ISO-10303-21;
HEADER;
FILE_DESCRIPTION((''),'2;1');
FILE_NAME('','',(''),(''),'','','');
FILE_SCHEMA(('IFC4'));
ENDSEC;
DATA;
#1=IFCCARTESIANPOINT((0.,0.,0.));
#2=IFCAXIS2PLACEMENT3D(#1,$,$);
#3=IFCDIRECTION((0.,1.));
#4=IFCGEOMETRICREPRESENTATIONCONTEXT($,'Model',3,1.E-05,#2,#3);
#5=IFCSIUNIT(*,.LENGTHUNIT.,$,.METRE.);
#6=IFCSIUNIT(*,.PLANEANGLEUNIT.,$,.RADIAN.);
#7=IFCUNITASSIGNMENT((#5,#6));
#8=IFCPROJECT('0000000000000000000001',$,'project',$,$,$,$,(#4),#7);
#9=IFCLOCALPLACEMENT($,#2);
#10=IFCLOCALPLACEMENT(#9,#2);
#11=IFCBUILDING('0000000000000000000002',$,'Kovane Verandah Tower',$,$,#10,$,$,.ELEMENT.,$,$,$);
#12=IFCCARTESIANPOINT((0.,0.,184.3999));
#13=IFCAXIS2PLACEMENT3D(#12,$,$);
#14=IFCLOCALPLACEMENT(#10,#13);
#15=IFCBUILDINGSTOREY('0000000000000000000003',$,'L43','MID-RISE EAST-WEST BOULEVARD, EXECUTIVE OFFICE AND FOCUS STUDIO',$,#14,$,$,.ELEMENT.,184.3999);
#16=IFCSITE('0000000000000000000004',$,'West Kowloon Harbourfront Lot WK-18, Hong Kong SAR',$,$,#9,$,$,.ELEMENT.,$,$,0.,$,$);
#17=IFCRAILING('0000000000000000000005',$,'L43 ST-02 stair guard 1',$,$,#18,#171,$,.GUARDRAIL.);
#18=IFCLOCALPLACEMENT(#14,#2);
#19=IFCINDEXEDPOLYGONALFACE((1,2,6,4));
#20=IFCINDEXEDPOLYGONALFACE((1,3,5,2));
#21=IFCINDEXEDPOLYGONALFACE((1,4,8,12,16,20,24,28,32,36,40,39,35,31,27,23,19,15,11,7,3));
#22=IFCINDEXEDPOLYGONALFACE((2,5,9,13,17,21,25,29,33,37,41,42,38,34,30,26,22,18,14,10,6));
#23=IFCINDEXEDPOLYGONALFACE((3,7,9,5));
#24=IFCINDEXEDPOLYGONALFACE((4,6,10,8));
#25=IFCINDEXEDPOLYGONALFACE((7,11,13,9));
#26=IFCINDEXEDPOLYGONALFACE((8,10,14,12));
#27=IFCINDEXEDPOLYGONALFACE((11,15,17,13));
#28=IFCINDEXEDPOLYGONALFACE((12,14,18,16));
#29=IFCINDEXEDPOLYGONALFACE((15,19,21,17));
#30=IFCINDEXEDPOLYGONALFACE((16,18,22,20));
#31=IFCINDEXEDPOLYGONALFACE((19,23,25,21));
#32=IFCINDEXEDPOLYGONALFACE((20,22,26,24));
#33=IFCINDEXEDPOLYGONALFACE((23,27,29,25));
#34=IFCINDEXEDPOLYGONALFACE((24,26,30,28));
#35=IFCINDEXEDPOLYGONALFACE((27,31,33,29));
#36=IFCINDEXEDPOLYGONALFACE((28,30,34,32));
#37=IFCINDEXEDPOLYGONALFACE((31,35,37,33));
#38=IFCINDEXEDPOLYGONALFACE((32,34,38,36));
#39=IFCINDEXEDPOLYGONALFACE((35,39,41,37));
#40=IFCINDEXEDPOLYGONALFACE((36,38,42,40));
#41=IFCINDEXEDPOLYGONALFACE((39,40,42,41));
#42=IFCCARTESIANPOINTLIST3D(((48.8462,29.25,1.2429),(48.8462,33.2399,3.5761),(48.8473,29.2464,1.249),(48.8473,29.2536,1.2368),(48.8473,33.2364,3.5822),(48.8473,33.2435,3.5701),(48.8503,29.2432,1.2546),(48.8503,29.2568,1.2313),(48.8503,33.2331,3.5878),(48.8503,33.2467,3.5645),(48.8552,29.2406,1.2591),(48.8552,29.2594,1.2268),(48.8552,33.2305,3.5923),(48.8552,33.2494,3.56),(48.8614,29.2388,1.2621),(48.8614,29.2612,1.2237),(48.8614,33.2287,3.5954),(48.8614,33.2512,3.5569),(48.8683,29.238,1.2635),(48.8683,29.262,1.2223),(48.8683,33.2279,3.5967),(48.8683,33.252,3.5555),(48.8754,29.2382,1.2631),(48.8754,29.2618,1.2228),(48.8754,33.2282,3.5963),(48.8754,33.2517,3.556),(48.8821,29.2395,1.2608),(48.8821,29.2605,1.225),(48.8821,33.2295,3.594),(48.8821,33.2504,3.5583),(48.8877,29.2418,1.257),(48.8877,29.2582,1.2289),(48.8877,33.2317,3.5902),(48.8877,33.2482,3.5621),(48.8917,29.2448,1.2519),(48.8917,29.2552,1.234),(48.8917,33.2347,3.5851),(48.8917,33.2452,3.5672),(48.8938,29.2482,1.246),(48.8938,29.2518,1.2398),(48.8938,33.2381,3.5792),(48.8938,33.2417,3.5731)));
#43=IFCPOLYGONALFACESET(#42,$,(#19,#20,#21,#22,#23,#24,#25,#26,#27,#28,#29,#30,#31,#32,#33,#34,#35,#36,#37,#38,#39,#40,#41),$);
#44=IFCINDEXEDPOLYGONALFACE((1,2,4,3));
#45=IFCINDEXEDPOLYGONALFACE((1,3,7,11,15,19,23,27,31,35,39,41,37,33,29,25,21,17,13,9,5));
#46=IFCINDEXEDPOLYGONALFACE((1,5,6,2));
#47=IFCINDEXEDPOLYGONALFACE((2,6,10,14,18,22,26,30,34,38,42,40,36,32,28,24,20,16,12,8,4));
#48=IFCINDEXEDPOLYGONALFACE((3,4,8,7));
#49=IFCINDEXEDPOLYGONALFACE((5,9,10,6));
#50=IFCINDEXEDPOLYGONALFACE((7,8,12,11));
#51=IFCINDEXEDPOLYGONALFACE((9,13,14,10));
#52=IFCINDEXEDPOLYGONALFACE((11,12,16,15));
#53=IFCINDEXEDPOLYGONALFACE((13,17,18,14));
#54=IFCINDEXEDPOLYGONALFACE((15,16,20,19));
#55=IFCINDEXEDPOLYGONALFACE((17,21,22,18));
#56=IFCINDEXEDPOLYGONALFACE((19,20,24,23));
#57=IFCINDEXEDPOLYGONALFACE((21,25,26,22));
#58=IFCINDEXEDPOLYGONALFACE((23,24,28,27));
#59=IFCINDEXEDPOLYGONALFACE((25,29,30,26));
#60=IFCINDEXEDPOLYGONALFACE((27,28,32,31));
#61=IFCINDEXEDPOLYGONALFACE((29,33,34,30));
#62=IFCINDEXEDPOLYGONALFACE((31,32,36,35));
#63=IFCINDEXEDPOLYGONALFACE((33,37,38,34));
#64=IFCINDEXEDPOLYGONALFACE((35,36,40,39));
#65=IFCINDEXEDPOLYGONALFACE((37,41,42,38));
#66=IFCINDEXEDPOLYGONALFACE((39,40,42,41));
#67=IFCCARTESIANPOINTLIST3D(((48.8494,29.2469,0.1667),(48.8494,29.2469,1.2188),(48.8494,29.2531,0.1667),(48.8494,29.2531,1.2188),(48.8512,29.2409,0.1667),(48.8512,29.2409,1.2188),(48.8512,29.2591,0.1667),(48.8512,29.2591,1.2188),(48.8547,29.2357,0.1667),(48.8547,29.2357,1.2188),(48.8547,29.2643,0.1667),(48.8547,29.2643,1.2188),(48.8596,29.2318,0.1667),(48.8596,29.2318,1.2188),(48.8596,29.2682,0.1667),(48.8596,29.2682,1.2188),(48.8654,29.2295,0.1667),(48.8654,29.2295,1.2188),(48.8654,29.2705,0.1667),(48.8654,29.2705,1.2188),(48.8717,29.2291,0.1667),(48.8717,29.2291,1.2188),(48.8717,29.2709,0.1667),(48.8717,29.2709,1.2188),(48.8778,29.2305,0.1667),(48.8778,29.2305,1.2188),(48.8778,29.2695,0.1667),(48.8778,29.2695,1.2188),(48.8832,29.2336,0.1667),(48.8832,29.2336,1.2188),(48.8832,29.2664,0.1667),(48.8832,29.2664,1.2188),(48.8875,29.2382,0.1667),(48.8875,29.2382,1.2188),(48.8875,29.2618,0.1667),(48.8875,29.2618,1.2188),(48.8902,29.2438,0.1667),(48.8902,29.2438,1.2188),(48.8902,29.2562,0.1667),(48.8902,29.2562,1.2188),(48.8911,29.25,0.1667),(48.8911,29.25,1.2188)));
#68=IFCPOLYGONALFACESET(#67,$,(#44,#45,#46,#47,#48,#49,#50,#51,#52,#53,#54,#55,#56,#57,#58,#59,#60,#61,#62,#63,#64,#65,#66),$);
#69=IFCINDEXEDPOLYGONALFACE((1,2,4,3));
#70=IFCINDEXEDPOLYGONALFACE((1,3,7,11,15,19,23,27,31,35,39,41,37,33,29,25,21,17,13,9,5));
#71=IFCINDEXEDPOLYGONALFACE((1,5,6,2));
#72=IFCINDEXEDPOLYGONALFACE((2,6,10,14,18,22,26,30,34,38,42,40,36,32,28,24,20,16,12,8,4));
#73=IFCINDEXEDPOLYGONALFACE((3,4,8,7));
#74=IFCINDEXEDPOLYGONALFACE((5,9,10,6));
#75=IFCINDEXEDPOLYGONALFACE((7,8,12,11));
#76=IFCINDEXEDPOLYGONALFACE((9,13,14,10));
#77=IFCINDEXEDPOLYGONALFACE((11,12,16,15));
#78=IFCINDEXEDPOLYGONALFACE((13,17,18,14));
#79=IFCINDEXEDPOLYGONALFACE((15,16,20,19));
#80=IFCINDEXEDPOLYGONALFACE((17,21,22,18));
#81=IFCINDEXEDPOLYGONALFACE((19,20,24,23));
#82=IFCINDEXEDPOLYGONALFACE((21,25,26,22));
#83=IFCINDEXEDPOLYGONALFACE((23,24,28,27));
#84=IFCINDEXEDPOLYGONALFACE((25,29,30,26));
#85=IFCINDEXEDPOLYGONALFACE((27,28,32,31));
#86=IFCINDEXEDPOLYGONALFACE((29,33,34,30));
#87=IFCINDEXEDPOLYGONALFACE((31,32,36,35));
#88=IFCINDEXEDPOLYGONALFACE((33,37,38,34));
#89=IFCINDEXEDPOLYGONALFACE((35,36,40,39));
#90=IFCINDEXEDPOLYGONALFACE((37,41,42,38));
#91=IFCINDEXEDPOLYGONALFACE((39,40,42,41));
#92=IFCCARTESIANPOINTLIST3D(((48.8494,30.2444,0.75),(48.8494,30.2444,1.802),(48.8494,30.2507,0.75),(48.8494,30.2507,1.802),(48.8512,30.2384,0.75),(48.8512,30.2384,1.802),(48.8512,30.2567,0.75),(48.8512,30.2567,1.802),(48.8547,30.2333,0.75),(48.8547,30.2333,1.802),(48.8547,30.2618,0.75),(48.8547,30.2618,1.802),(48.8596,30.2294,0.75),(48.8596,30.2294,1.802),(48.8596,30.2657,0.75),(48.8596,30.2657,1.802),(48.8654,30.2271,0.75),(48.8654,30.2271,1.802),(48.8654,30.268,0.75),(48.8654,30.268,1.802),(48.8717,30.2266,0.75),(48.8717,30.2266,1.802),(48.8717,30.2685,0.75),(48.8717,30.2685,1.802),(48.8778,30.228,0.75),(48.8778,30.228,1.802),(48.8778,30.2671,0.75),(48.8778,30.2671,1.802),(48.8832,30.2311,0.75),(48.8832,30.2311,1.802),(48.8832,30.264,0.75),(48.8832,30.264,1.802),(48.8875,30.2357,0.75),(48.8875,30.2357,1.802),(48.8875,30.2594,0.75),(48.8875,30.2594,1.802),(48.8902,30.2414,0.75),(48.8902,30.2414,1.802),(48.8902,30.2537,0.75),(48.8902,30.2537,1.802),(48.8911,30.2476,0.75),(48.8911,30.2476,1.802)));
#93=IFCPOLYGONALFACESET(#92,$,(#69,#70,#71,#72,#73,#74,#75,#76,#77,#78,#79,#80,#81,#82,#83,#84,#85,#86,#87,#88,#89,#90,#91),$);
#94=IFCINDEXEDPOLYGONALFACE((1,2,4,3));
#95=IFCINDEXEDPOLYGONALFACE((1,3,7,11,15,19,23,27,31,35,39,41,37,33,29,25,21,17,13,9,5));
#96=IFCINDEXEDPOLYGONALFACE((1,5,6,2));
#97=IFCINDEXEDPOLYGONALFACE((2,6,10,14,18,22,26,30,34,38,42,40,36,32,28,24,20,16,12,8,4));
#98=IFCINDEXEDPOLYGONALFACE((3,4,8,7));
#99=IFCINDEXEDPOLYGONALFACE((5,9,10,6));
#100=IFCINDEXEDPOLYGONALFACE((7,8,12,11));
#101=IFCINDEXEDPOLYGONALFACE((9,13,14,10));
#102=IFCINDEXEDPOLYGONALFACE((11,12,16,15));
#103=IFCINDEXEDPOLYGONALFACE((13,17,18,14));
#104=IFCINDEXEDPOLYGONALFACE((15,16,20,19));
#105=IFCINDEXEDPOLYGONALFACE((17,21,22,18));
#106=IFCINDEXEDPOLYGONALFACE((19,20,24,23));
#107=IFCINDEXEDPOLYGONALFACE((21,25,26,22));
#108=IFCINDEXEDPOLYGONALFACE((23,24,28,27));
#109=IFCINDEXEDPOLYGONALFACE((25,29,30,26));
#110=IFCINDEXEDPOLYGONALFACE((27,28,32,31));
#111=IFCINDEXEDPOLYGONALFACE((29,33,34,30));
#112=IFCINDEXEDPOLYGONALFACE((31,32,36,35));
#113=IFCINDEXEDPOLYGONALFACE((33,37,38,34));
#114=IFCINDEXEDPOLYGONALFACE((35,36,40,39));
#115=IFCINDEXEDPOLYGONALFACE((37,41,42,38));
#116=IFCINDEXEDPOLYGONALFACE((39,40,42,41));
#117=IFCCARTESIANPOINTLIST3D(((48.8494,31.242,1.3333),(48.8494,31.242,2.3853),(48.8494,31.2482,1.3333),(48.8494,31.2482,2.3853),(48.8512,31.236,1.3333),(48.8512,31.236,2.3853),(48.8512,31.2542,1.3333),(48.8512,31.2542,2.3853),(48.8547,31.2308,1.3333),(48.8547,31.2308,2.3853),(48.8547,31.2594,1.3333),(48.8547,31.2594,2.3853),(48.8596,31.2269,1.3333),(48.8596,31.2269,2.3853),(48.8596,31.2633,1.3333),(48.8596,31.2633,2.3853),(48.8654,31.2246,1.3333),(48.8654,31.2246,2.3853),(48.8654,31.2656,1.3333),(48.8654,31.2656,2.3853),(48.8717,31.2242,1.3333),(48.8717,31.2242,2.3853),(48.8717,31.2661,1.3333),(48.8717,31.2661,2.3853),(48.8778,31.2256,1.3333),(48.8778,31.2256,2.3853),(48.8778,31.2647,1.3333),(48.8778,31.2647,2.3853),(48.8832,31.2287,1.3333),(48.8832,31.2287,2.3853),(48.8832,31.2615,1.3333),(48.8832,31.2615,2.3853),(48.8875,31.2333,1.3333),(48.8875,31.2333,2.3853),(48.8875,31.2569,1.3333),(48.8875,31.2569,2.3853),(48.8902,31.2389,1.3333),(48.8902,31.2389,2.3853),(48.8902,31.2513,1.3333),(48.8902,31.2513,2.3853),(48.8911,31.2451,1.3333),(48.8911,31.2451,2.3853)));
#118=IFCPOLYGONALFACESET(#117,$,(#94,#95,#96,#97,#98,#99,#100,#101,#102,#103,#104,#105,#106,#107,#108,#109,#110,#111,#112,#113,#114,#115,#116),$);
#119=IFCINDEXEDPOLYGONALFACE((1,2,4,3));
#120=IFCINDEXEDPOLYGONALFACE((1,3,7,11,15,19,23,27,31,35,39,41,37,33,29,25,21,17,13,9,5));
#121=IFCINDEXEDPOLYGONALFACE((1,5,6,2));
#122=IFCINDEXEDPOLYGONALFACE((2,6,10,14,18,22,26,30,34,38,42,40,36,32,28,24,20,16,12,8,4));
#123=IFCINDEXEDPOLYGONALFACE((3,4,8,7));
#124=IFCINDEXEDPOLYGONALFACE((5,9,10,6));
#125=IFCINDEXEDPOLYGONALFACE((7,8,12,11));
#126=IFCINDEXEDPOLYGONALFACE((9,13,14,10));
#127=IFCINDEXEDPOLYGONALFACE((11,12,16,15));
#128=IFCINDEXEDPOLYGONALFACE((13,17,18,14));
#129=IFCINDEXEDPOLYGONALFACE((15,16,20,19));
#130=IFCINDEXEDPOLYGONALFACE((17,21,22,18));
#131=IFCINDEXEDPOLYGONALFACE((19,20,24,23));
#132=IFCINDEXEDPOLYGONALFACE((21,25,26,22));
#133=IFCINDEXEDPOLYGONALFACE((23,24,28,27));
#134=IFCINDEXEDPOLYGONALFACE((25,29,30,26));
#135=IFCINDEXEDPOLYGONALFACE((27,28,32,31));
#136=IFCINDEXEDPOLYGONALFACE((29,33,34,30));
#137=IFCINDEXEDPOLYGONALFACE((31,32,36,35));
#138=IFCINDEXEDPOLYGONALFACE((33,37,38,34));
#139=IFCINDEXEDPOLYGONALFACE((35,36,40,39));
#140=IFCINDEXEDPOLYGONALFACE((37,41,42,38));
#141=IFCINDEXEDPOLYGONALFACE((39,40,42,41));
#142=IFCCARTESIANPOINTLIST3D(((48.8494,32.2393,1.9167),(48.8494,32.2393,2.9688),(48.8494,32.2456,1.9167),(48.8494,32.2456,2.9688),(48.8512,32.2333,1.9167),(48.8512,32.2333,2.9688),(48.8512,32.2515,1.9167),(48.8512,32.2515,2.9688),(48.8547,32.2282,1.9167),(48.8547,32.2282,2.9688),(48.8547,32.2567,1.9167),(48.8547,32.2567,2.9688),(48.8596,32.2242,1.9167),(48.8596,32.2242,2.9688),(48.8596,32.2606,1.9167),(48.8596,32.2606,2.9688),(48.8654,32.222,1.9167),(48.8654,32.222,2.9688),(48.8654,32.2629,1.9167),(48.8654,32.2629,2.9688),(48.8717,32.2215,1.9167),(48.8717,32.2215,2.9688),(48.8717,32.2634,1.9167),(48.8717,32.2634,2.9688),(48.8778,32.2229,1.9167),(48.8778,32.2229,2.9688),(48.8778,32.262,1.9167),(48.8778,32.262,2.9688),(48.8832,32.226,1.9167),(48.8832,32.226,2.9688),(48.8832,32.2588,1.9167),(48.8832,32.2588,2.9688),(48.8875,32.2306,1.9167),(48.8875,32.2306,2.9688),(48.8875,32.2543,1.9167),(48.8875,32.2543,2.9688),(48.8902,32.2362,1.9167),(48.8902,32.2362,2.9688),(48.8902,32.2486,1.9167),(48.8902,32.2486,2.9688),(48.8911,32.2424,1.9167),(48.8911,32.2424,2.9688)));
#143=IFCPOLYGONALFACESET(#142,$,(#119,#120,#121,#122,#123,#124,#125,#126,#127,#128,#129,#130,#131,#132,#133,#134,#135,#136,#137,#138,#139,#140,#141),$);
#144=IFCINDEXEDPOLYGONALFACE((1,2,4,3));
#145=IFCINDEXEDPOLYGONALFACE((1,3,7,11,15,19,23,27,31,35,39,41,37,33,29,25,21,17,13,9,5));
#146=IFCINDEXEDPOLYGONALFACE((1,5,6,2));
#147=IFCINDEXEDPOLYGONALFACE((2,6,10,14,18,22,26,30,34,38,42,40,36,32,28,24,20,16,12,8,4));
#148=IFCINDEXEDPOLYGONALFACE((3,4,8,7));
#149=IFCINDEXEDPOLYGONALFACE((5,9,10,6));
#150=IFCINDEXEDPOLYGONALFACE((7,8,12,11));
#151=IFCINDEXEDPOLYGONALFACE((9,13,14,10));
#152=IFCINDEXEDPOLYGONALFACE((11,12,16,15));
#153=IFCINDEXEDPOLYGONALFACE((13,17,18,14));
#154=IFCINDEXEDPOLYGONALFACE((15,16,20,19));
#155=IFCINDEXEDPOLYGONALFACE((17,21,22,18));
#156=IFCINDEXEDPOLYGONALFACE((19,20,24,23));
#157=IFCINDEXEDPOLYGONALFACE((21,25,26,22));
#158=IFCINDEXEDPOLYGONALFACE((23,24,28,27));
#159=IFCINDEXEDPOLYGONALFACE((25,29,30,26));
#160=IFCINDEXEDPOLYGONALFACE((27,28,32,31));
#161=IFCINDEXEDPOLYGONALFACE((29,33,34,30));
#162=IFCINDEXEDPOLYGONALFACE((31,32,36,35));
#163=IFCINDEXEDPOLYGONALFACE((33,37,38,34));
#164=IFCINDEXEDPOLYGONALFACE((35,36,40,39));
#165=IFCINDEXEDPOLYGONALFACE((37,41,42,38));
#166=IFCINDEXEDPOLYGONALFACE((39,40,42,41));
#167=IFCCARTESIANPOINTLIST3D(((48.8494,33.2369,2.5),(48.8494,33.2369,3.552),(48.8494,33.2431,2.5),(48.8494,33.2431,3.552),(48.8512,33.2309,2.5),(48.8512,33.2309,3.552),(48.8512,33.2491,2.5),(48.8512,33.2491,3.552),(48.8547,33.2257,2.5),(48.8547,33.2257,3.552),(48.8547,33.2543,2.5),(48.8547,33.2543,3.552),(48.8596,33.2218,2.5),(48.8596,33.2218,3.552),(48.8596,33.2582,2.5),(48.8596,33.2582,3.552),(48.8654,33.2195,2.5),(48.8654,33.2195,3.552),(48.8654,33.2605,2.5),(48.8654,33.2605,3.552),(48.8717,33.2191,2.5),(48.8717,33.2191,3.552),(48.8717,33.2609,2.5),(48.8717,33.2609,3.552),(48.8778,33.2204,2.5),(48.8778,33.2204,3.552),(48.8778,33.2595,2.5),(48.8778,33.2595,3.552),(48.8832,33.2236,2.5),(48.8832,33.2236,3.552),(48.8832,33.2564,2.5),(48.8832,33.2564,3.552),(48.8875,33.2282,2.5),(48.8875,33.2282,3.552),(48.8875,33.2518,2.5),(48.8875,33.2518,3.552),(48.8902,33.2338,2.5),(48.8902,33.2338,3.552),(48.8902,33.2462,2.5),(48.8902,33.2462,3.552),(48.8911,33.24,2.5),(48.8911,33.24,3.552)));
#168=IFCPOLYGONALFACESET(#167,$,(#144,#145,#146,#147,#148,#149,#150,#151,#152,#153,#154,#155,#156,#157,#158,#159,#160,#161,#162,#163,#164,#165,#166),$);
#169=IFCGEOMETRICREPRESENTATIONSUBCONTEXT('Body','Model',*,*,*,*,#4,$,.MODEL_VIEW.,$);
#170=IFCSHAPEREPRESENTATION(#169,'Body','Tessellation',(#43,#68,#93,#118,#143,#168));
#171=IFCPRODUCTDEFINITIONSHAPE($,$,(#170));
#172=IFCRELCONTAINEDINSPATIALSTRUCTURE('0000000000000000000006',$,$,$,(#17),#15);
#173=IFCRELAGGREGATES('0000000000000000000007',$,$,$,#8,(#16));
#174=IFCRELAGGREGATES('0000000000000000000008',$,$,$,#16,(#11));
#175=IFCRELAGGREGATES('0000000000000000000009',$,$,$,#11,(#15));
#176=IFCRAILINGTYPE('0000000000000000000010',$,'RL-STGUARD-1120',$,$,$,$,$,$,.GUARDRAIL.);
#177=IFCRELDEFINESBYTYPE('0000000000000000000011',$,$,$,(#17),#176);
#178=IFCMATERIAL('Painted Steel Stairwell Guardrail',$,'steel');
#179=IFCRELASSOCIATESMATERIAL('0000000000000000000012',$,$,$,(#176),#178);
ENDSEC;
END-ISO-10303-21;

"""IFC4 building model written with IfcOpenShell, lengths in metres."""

from ifc_helpers import new_model, si_unit, direction, frame, origin, origin_2d, place, context, subcontext, project, spatial, circle, extrude, material, type_object, element, save


model = new_model("IFC4")

# Units and contexts
model_context = context("Model", 3, precision=1e-05, world=origin(), true_north=direction((0.0, 1.0)))
body_context = subcontext(model_context, "Body", "Model", "MODEL_VIEW")
ifc_project = project(units=[si_unit("LENGTHUNIT", "METRE"), si_unit("PLANEANGLEUNIT", "RADIAN")], contexts=[model_context])

# Site, building, storey
site_placement = place(None, origin())
site = spatial("IfcSite", under=ifc_project, at=site_placement, Name="West Kowloon Harbourfront Lot WK-18, Hong Kong SAR", CompositionType="ELEMENT", RefElevation=0.0)
building_placement = place(site_placement, origin())
building = spatial("IfcBuilding", under=site, at=building_placement, Name="Kovane Verandah Tower", CompositionType="ELEMENT")
storey_placement = place(building_placement, frame((0.0, 0.0, 184.3999)))
storey = spatial("IfcBuildingStorey", under=building, at=storey_placement, Name="L43", Description="MID-RISE EAST-WEST BOULEVARD, EXECUTIVE OFFICE AND FOCUS STUDIO", CompositionType="ELEMENT", Elevation=184.3999)

# Railing
ifc_material_1 = material(Name="Painted Steel Stairwell Guardrail", Category="steel")
railing_type_1 = type_object("IfcRailingType", Name="RL-STGUARD-1120", PredefinedType="GUARDRAIL", material=ifc_material_1)
railing_1_placement = place(storey_placement, frame((48.8701, 29.25, 0.1667)))
element("IfcRailing", 1, at=railing_1_placement, inside=storey, type_object=railing_type_1, Name="L43 ST-02 stair guard 1", PredefinedType="GUARDRAIL", context=body_context, shape_type="SweptSolid", body=[
    extrude(circle(Radius=0.0239, at=origin_2d()), frame((0.0, 0.0, 1.0762), z_axis=(0.0, 0.863236, 0.5048), x_axis=(-1.0, 0.0, 0.0)), (0.0, 0.0, 1.0), 4.6221),
    extrude(circle(Radius=0.021, at=origin_2d()), origin(), (0.0, 0.0, 1.0), 1.052),
    extrude(circle(Radius=0.021, at=origin_2d()), frame((0.0, 0.9976, 0.5833)), (0.0, 0.0, 1.0), 1.052),
    extrude(circle(Radius=0.021, at=origin_2d()), frame((0.0, 1.9951, 1.1665)), (0.0, 0.0, 1.0), 1.052),
    extrude(circle(Radius=0.021, at=origin_2d()), frame((0.0, 2.9924, 1.75)), (0.0, 0.0, 1.0), 1.052),
    extrude(circle(Radius=0.021, at=origin_2d()), frame((0.0, 3.99, 2.3333)), (0.0, 0.0, 1.0), 1.052),
])

save(model, "model.ifc")
